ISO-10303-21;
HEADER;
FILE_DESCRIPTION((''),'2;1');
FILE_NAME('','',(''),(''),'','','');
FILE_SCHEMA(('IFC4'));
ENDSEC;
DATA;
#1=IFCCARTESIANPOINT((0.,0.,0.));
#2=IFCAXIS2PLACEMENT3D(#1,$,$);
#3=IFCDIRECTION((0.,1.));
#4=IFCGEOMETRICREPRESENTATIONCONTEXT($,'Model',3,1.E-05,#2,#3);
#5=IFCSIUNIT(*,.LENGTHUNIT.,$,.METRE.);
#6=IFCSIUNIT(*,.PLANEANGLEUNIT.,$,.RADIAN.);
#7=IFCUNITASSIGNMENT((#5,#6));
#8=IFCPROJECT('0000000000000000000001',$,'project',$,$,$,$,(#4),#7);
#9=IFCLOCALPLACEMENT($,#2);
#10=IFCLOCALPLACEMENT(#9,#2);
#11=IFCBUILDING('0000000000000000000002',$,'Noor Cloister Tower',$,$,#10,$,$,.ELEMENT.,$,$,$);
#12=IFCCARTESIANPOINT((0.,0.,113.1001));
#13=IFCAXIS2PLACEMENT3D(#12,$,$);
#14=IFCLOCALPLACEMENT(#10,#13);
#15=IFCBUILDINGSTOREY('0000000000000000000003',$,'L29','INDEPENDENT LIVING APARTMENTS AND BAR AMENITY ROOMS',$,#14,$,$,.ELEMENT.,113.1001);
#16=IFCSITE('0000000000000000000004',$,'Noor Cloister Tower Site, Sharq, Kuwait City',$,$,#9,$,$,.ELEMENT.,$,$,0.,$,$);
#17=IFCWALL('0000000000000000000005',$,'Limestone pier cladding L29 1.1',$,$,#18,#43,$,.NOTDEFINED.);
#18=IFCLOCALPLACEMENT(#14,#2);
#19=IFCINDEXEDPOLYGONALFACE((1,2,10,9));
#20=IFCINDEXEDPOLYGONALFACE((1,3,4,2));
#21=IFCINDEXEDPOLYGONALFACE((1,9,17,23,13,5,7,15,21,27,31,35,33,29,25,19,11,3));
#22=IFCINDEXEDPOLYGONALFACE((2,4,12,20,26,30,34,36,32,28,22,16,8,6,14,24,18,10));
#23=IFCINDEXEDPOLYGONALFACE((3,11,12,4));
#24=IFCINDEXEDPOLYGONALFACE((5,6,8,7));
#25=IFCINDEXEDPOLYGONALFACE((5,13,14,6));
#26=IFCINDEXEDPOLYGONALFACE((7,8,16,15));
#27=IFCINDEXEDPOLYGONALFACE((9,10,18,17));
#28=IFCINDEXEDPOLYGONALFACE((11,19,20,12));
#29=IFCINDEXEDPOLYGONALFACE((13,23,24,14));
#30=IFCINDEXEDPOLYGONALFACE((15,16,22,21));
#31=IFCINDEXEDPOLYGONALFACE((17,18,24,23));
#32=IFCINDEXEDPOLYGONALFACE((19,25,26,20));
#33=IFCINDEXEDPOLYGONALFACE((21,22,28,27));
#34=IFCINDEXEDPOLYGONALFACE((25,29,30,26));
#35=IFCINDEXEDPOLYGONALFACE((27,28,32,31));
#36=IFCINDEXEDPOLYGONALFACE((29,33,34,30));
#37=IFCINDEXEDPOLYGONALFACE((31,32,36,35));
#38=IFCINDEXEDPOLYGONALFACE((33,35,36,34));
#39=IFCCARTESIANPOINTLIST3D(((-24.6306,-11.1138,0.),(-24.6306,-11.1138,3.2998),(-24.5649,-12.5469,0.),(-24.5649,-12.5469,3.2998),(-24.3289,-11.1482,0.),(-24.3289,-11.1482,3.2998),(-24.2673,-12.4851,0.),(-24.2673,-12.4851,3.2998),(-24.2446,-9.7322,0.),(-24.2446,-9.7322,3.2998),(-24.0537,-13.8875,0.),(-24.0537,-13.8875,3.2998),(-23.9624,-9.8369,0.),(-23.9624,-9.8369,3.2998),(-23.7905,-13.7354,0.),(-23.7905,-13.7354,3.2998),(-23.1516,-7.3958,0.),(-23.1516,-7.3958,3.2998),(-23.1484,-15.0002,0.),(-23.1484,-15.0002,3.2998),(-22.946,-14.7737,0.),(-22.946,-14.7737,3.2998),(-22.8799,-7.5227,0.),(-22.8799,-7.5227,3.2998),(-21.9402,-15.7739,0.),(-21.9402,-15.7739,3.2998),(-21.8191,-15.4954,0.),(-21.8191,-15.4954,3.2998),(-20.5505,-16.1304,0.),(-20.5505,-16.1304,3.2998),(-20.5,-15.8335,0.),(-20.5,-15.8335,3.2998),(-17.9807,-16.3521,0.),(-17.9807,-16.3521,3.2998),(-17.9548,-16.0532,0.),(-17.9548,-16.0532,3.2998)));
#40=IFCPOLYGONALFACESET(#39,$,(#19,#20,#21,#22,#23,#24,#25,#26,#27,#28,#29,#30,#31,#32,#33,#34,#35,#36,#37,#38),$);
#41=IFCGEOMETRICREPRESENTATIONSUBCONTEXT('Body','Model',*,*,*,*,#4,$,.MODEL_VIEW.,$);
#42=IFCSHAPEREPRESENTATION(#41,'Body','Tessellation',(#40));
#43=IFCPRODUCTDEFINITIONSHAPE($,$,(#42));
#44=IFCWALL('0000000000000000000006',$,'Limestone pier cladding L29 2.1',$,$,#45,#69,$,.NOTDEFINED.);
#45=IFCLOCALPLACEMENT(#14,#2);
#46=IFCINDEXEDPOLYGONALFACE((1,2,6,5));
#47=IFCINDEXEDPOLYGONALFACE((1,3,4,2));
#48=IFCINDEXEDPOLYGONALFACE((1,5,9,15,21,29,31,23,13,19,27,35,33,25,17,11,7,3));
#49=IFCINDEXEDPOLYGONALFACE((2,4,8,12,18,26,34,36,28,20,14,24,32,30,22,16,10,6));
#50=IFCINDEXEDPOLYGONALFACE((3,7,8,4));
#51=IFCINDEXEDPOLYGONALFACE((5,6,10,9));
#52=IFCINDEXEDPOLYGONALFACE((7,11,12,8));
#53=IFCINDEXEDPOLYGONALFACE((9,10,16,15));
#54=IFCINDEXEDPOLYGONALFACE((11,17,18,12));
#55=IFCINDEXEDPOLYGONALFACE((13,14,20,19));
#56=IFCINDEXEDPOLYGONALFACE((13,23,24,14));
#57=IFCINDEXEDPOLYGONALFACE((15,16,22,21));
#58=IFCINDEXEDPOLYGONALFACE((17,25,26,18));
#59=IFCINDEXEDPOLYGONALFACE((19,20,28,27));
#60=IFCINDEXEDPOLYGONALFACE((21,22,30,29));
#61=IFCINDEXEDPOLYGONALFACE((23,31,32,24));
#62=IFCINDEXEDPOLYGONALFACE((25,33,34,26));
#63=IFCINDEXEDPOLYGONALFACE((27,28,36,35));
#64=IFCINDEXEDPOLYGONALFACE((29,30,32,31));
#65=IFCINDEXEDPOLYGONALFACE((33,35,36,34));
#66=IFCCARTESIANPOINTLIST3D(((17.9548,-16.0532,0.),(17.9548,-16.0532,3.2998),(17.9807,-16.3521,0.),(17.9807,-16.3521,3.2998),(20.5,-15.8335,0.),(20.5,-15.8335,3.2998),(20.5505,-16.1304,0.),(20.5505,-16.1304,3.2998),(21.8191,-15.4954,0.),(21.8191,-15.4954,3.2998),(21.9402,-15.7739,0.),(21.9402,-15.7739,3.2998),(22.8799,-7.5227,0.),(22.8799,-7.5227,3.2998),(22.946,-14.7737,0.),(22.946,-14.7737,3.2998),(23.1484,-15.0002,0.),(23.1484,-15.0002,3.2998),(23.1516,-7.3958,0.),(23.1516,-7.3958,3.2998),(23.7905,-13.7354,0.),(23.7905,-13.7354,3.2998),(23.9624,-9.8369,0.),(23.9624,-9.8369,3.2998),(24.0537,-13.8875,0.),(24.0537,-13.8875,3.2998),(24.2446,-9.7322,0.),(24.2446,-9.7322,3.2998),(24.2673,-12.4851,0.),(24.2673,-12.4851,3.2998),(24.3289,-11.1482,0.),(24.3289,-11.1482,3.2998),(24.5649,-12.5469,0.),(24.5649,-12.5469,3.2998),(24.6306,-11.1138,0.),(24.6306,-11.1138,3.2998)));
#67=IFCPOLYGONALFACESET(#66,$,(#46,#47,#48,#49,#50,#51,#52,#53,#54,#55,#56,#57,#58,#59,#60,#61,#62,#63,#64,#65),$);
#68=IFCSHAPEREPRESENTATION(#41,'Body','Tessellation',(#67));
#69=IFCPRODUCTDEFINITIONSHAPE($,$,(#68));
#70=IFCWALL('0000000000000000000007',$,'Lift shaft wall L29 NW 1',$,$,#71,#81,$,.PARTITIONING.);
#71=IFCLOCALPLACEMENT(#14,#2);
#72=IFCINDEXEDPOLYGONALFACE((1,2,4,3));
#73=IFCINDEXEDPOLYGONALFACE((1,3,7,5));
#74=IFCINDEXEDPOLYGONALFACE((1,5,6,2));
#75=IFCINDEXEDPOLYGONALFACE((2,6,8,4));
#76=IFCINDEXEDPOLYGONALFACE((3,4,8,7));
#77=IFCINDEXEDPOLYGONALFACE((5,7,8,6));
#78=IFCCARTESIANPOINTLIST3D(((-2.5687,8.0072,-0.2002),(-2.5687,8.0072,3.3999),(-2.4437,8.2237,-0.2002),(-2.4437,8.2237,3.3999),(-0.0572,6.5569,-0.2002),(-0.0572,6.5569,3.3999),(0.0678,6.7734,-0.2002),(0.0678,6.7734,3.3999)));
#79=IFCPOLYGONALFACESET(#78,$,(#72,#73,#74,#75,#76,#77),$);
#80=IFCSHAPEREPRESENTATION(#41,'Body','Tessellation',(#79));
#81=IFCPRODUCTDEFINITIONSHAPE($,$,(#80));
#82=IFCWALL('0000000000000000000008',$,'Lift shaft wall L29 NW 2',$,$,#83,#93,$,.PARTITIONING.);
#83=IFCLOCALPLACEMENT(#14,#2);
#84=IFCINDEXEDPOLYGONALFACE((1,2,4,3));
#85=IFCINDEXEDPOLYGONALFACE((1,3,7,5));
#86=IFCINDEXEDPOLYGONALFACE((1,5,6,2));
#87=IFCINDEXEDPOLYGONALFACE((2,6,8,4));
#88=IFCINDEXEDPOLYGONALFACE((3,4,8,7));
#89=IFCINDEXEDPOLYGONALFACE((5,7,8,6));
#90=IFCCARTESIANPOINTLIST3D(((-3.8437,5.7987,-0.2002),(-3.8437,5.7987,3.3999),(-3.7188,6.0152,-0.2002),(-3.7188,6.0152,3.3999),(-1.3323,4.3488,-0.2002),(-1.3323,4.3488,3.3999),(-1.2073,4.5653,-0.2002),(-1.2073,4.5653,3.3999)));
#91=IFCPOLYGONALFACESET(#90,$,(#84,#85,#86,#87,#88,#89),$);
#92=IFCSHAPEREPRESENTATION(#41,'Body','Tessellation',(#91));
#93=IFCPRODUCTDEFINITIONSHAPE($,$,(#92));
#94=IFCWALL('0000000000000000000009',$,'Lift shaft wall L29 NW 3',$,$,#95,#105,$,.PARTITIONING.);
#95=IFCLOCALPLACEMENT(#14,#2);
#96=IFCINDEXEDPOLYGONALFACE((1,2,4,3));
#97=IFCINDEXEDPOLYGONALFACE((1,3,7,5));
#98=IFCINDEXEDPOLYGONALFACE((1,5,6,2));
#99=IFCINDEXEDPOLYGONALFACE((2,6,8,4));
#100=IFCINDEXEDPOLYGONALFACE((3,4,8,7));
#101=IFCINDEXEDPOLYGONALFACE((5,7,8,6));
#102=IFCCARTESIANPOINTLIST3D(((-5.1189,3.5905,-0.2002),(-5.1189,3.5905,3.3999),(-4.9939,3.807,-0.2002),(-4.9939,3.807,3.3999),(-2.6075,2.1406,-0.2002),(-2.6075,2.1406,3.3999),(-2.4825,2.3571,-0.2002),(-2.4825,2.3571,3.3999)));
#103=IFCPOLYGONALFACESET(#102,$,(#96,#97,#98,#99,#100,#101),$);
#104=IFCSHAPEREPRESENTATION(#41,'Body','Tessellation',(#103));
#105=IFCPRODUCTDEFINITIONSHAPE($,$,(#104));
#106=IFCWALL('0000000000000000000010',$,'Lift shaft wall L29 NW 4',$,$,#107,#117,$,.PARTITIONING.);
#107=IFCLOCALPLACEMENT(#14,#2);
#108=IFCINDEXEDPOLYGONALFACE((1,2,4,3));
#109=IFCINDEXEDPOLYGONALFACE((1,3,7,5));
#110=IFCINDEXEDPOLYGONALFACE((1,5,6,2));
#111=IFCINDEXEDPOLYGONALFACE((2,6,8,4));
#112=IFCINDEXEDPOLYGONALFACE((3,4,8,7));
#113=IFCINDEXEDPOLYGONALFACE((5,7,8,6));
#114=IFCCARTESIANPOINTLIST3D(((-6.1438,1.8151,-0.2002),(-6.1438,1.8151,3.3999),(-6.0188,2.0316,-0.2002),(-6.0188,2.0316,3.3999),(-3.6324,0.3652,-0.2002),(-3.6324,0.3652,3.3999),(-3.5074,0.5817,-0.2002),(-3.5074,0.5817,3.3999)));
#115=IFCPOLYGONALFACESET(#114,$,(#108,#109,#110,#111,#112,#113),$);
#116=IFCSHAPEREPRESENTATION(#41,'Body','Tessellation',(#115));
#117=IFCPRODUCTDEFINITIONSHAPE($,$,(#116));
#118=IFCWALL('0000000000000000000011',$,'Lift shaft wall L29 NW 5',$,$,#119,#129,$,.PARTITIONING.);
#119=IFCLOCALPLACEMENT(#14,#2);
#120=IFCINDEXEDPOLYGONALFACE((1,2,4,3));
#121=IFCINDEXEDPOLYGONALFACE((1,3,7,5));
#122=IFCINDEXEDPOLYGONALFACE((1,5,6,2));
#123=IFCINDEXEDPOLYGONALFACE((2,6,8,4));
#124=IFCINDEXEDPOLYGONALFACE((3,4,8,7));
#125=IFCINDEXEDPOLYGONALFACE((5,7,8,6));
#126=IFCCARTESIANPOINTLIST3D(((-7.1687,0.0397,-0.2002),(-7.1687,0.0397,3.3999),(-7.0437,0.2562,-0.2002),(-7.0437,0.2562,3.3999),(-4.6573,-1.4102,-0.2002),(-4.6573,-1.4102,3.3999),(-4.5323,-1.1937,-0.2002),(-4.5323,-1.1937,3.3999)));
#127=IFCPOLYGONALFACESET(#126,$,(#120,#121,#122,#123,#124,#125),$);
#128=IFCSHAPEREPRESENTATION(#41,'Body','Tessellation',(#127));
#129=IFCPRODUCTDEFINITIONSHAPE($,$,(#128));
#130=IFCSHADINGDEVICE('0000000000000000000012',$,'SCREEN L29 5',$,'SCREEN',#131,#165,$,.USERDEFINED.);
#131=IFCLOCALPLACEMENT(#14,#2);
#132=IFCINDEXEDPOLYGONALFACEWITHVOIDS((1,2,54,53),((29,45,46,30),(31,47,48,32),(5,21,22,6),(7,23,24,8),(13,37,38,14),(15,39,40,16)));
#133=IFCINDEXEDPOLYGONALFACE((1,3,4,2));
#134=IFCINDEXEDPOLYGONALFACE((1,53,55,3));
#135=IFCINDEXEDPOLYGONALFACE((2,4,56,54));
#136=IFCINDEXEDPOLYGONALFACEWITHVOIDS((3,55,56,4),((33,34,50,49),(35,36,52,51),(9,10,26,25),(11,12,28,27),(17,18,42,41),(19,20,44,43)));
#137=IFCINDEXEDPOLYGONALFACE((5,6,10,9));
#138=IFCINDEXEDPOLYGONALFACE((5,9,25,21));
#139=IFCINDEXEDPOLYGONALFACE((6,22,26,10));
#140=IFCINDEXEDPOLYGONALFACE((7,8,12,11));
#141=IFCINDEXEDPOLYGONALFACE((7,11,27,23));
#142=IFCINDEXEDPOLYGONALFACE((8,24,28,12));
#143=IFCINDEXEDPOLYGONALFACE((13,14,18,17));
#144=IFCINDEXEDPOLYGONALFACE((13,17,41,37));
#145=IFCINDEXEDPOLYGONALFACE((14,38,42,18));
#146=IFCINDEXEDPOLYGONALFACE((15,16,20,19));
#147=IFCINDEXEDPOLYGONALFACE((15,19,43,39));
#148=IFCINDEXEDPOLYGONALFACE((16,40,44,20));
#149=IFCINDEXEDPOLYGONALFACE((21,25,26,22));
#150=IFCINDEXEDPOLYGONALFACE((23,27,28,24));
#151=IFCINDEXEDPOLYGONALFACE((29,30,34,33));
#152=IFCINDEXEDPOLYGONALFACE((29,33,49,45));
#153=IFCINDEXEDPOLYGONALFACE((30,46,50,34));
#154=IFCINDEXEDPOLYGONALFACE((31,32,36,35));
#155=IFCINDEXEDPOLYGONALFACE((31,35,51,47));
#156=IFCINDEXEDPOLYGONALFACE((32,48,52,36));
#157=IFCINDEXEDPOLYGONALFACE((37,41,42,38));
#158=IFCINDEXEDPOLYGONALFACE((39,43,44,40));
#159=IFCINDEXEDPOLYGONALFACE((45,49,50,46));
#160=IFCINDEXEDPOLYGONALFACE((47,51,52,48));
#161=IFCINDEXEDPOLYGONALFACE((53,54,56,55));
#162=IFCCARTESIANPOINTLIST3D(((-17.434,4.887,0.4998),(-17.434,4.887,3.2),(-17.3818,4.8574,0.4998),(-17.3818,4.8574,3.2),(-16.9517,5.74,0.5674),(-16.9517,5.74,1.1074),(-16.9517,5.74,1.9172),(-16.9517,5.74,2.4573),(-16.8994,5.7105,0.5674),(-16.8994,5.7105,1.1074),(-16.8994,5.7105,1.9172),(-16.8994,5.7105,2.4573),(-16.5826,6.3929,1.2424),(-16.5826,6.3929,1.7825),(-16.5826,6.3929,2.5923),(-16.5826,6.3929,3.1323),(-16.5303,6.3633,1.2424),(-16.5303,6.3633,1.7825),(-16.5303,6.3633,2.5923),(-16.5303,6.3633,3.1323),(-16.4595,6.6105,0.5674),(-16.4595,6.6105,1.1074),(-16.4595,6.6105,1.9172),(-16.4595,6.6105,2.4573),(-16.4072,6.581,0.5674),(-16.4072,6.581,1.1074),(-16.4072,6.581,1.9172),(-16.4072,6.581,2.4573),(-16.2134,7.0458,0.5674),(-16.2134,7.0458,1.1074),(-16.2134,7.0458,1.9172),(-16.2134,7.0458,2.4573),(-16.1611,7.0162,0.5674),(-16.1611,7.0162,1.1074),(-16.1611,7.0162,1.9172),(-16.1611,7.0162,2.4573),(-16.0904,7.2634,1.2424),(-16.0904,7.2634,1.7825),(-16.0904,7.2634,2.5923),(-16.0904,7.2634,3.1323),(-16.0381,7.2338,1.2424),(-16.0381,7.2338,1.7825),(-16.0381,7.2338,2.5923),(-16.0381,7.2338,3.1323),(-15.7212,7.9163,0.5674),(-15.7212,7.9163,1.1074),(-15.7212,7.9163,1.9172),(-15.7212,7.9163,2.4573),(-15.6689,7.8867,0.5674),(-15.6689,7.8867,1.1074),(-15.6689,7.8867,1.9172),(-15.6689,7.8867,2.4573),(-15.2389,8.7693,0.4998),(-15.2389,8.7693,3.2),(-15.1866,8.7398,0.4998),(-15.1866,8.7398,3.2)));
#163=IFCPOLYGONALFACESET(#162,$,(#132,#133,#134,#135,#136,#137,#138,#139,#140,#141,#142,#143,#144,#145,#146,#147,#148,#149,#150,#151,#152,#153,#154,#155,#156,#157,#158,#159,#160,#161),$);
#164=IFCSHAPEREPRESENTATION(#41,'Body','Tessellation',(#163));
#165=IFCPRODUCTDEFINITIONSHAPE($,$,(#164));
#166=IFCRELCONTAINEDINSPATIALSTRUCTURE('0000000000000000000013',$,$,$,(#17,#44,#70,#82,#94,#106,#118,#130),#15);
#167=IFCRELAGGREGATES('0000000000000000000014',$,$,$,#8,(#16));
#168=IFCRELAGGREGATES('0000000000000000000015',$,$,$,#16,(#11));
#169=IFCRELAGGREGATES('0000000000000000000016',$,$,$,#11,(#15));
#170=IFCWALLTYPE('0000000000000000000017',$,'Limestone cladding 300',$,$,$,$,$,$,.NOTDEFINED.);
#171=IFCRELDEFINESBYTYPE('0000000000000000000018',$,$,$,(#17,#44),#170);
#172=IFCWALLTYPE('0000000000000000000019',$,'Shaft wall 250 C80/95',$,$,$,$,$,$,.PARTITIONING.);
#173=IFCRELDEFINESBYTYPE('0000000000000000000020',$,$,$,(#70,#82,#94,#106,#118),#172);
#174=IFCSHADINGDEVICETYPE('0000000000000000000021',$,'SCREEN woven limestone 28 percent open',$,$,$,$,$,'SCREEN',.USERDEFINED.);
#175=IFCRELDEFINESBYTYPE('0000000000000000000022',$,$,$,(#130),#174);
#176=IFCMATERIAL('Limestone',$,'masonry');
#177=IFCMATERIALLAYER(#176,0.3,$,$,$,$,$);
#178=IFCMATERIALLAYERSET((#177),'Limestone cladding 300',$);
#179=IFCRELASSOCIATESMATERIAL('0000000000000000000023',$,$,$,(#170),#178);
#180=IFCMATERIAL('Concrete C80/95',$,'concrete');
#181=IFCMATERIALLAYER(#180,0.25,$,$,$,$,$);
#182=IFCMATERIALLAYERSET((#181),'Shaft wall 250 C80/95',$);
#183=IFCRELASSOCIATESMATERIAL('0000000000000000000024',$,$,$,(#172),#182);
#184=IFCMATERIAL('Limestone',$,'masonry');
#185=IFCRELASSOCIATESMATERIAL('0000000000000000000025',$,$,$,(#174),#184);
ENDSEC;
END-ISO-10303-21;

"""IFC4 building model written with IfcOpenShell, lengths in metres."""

from ifc_helpers import new_model, si_unit, direction, frame, frame_2d, origin, place, context, subcontext, project, spatial, polyline, rectangle, outline, extrude, material, layer, layer_set, material_profile, profile_set, type_object, element, save


model = new_model("IFC4")

# Units and contexts
model_context = context("Model", 3, precision=1e-05, world=origin(), true_north=direction((0.0, 1.0)))
body_context = subcontext(model_context, "Body", "Model", "MODEL_VIEW")
ifc_project = project(units=[si_unit("LENGTHUNIT", "METRE"), si_unit("PLANEANGLEUNIT", "RADIAN")], contexts=[model_context])

# Site, building, storey
site_placement = place(None, origin())
site = spatial("IfcSite", under=ifc_project, at=site_placement, Name="Noor Cloister Tower Site, Sharq, Kuwait City", CompositionType="ELEMENT", RefElevation=0.0)
building_placement = place(site_placement, origin())
building = spatial("IfcBuilding", under=site, at=building_placement, Name="Noor Cloister Tower", CompositionType="ELEMENT")
storey_placement = place(building_placement, frame((0.0, 0.0, 113.1001)))
storey = spatial("IfcBuildingStorey", under=building, at=storey_placement, Name="L29", Description="INDEPENDENT LIVING APARTMENTS AND BAR AMENITY ROOMS", CompositionType="ELEMENT", Elevation=113.1001)

# Walls
ifc_material_1 = material(Name="Limestone", Category="masonry")
ifc_layer_1 = layer(ifc_material_1, 0.3)
ifc_layer_set_1 = layer_set([ifc_layer_1], Name="Limestone cladding 300")
wall_type_1 = type_object("IfcWallType", Name="Limestone cladding 300", PredefinedType="NOTDEFINED", material=ifc_layer_set_1)
wall_1_placement = place(storey_placement, origin())
element("IfcWall", 1, at=wall_1_placement, inside=storey, type_object=wall_type_1, Name="Limestone pier cladding L29 1.1", PredefinedType="NOTDEFINED", context=body_context, shape_type="SweptSolid", body=[
    extrude(outline(polyline([(-23.1516, -7.3958), (-24.2446, -9.7322), (-24.6306, -11.1138), (-24.5649, -12.5469), (-24.0537, -13.8875), (-23.1484, -15.0002), (-21.9402, -15.7739), (-20.5505, -16.1304), (-17.9807, -16.3521), (-17.9548, -16.0532), (-20.5, -15.8335), (-21.8191, -15.4954), (-22.946, -14.7737), (-23.7905, -13.7354), (-24.2673, -12.4851), (-24.3289, -11.1482), (-23.9624, -9.8369), (-22.8799, -7.5227), (-23.1516, -7.3958)])), origin(), (0.0, 0.0, 1.0), 3.2998),
])
wall_2_placement = place(storey_placement, origin())
element("IfcWall", 2, at=wall_2_placement, inside=storey, type_object=wall_type_1, Name="Limestone pier cladding L29 2.1", PredefinedType="NOTDEFINED", context=body_context, shape_type="SweptSolid", body=[
    extrude(outline(polyline([(17.9807, -16.3521), (20.5505, -16.1304), (21.9402, -15.7739), (23.1484, -15.0002), (24.0537, -13.8875), (24.5649, -12.5469), (24.6306, -11.1138), (24.2446, -9.7322), (23.1516, -7.3958), (22.8799, -7.5227), (23.9624, -9.8369), (24.3289, -11.1482), (24.2673, -12.4851), (23.7905, -13.7354), (22.946, -14.7737), (21.8191, -15.4954), (20.5, -15.8335), (17.9548, -16.0532), (17.9807, -16.3521)])), origin(), (0.0, 0.0, 1.0), 3.2998),
])
ifc_material_2 = material(Name="Concrete C80/95", Category="concrete")
ifc_layer_2 = layer(ifc_material_2, 0.25)
ifc_layer_set_2 = layer_set([ifc_layer_2], Name="Shaft wall 250 C80/95")
wall_type_2 = type_object("IfcWallType", Name="Shaft wall 250 C80/95", PredefinedType="PARTITIONING", material=ifc_layer_set_2)
wall_3_placement = place(storey_placement, frame((-2.5063, 8.1155, -0.2002), z_axis=(0.0, 0.0, 1.0), x_axis=(0.865996, -0.50005, 0.0)))
element("IfcWall", 3, at=wall_3_placement, inside=storey, type_object=wall_type_2, Name="Lift shaft wall L29 NW 1", PredefinedType="PARTITIONING", context=body_context, shape_type="SweptSolid", body=[
    extrude(rectangle(XDim=2.9001, YDim=0.25, at=frame_2d((1.4502, 0.0))), origin(), (0.0, 0.0, 1.0), 3.6001),
])
for number, where, z_axis, x_axis, name in (
    (4, (-3.7812, 5.907, -0.2002), (0.0, 0.0, 1.0), (0.866033, -0.499987, 0.0), "Lift shaft wall L29 NW 2"),
    (5, (-5.0564, 3.6987, -0.2002), (0.0, 0.0, 1.0), (0.866033, -0.499987, 0.0), "Lift shaft wall L29 NW 3"),
    (6, (-6.0813, 1.9233, -0.2002), (0.0, 0.0, 1.0), (0.866033, -0.499987, 0.0), "Lift shaft wall L29 NW 4"),
    (7, (-7.1062, 0.1479, -0.2002), (0.0, 0.0, 1.0), (0.866033, -0.499987, 0.0), "Lift shaft wall L29 NW 5"),
):
    element("IfcWall", number, at=place(storey_placement, frame(where, z_axis=z_axis, x_axis=x_axis)), inside=storey, type_object=wall_type_2, Name=name, PredefinedType="PARTITIONING", context=body_context, shape_type="SweptSolid", body=[
        extrude(rectangle(XDim=2.8999, YDim=0.25, at=frame_2d((1.45, 0.0))), origin(), (0.0, 0.0, 1.0), 3.6001),
    ])

# Shading device
ifc_material_3 = material(Name="Limestone", Category="masonry")
ifc_material_profile_1 = material_profile(ifc_material_3, outline(polyline([(-2.23, -1.3501), (2.23, -1.3501), (2.23, 1.3501), (-2.23, 1.3501), (-2.23, -1.3501)]), holes=[polyline([(-1.25, -1.2825), (-0.25, -1.2825), (-0.25, -0.7424), (-1.25, -0.7424), (-1.25, -1.2825)]), polyline([(0.25, -1.2825), (1.25, -1.2825), (1.25, -0.7424), (0.25, -0.7424), (0.25, -1.2825)]), polyline([(-0.5, -0.6074), (0.5, -0.6074), (0.5, -0.0674), (-0.5, -0.0674), (-0.5, -0.6074)]), polyline([(-1.25, 0.0674), (-0.25, 0.0674), (-0.25, 0.6074), (-1.25, 0.6074), (-1.25, 0.0674)]), polyline([(0.25, 0.0674), (1.25, 0.0674), (1.25, 0.6074), (0.25, 0.6074), (0.25, 0.0674)]), polyline([(-0.5, 0.7424), (0.5, 0.7424), (0.5, 1.2825), (-0.5, 1.2825), (-0.5, 0.7424)])]), Name="Woven screen 28 percent open")
ifc_profile_set_1 = profile_set([ifc_material_profile_1], Name="Limestone")
shading_device_type = type_object("IfcShadingDeviceType", Name="SCREEN woven limestone 28 percent open", ElementType="SCREEN", PredefinedType="USERDEFINED", material=ifc_profile_set_1)
shading_device_1_placement = place(storey_placement, frame((-16.2842, 6.7986, 1.8499), z_axis=(-0.870487, 0.492191, 0.0), x_axis=(-0.492191, -0.870487, 0.0)))
element("IfcShadingDevice", 8, at=shading_device_1_placement, inside=storey, type_object=shading_device_type, Name="SCREEN L29 5", ObjectType="SCREEN", PredefinedType="USERDEFINED", context=body_context, shape_type="SweptSolid", body=[
    extrude(outline(polyline([(-2.23, -1.3501), (2.23, -1.3501), (2.23, 1.3501), (-2.23, 1.3501), (-2.23, -1.3501)]), holes=[polyline([(-1.25, -1.2825), (-0.25, -1.2825), (-0.25, -0.7424), (-1.25, -0.7424), (-1.25, -1.2825)]), polyline([(0.25, -1.2825), (1.25, -1.2825), (1.25, -0.7424), (0.25, -0.7424), (0.25, -1.2825)]), polyline([(-0.5, -0.6074), (0.5, -0.6074), (0.5, -0.0674), (-0.5, -0.0674), (-0.5, -0.6074)]), polyline([(-1.25, 0.0674), (-0.25, 0.0674), (-0.25, 0.6074), (-1.25, 0.6074), (-1.25, 0.0674)]), polyline([(0.25, 0.0674), (1.25, 0.0674), (1.25, 0.6074), (0.25, 0.6074), (0.25, 0.0674)]), polyline([(-0.5, 0.7424), (0.5, 0.7424), (0.5, 1.2825), (-0.5, 1.2825), (-0.5, 0.7424)])]), origin(), (0.0, 0.0, 1.0), 0.0601),
])

save(model, "model.ifc")
